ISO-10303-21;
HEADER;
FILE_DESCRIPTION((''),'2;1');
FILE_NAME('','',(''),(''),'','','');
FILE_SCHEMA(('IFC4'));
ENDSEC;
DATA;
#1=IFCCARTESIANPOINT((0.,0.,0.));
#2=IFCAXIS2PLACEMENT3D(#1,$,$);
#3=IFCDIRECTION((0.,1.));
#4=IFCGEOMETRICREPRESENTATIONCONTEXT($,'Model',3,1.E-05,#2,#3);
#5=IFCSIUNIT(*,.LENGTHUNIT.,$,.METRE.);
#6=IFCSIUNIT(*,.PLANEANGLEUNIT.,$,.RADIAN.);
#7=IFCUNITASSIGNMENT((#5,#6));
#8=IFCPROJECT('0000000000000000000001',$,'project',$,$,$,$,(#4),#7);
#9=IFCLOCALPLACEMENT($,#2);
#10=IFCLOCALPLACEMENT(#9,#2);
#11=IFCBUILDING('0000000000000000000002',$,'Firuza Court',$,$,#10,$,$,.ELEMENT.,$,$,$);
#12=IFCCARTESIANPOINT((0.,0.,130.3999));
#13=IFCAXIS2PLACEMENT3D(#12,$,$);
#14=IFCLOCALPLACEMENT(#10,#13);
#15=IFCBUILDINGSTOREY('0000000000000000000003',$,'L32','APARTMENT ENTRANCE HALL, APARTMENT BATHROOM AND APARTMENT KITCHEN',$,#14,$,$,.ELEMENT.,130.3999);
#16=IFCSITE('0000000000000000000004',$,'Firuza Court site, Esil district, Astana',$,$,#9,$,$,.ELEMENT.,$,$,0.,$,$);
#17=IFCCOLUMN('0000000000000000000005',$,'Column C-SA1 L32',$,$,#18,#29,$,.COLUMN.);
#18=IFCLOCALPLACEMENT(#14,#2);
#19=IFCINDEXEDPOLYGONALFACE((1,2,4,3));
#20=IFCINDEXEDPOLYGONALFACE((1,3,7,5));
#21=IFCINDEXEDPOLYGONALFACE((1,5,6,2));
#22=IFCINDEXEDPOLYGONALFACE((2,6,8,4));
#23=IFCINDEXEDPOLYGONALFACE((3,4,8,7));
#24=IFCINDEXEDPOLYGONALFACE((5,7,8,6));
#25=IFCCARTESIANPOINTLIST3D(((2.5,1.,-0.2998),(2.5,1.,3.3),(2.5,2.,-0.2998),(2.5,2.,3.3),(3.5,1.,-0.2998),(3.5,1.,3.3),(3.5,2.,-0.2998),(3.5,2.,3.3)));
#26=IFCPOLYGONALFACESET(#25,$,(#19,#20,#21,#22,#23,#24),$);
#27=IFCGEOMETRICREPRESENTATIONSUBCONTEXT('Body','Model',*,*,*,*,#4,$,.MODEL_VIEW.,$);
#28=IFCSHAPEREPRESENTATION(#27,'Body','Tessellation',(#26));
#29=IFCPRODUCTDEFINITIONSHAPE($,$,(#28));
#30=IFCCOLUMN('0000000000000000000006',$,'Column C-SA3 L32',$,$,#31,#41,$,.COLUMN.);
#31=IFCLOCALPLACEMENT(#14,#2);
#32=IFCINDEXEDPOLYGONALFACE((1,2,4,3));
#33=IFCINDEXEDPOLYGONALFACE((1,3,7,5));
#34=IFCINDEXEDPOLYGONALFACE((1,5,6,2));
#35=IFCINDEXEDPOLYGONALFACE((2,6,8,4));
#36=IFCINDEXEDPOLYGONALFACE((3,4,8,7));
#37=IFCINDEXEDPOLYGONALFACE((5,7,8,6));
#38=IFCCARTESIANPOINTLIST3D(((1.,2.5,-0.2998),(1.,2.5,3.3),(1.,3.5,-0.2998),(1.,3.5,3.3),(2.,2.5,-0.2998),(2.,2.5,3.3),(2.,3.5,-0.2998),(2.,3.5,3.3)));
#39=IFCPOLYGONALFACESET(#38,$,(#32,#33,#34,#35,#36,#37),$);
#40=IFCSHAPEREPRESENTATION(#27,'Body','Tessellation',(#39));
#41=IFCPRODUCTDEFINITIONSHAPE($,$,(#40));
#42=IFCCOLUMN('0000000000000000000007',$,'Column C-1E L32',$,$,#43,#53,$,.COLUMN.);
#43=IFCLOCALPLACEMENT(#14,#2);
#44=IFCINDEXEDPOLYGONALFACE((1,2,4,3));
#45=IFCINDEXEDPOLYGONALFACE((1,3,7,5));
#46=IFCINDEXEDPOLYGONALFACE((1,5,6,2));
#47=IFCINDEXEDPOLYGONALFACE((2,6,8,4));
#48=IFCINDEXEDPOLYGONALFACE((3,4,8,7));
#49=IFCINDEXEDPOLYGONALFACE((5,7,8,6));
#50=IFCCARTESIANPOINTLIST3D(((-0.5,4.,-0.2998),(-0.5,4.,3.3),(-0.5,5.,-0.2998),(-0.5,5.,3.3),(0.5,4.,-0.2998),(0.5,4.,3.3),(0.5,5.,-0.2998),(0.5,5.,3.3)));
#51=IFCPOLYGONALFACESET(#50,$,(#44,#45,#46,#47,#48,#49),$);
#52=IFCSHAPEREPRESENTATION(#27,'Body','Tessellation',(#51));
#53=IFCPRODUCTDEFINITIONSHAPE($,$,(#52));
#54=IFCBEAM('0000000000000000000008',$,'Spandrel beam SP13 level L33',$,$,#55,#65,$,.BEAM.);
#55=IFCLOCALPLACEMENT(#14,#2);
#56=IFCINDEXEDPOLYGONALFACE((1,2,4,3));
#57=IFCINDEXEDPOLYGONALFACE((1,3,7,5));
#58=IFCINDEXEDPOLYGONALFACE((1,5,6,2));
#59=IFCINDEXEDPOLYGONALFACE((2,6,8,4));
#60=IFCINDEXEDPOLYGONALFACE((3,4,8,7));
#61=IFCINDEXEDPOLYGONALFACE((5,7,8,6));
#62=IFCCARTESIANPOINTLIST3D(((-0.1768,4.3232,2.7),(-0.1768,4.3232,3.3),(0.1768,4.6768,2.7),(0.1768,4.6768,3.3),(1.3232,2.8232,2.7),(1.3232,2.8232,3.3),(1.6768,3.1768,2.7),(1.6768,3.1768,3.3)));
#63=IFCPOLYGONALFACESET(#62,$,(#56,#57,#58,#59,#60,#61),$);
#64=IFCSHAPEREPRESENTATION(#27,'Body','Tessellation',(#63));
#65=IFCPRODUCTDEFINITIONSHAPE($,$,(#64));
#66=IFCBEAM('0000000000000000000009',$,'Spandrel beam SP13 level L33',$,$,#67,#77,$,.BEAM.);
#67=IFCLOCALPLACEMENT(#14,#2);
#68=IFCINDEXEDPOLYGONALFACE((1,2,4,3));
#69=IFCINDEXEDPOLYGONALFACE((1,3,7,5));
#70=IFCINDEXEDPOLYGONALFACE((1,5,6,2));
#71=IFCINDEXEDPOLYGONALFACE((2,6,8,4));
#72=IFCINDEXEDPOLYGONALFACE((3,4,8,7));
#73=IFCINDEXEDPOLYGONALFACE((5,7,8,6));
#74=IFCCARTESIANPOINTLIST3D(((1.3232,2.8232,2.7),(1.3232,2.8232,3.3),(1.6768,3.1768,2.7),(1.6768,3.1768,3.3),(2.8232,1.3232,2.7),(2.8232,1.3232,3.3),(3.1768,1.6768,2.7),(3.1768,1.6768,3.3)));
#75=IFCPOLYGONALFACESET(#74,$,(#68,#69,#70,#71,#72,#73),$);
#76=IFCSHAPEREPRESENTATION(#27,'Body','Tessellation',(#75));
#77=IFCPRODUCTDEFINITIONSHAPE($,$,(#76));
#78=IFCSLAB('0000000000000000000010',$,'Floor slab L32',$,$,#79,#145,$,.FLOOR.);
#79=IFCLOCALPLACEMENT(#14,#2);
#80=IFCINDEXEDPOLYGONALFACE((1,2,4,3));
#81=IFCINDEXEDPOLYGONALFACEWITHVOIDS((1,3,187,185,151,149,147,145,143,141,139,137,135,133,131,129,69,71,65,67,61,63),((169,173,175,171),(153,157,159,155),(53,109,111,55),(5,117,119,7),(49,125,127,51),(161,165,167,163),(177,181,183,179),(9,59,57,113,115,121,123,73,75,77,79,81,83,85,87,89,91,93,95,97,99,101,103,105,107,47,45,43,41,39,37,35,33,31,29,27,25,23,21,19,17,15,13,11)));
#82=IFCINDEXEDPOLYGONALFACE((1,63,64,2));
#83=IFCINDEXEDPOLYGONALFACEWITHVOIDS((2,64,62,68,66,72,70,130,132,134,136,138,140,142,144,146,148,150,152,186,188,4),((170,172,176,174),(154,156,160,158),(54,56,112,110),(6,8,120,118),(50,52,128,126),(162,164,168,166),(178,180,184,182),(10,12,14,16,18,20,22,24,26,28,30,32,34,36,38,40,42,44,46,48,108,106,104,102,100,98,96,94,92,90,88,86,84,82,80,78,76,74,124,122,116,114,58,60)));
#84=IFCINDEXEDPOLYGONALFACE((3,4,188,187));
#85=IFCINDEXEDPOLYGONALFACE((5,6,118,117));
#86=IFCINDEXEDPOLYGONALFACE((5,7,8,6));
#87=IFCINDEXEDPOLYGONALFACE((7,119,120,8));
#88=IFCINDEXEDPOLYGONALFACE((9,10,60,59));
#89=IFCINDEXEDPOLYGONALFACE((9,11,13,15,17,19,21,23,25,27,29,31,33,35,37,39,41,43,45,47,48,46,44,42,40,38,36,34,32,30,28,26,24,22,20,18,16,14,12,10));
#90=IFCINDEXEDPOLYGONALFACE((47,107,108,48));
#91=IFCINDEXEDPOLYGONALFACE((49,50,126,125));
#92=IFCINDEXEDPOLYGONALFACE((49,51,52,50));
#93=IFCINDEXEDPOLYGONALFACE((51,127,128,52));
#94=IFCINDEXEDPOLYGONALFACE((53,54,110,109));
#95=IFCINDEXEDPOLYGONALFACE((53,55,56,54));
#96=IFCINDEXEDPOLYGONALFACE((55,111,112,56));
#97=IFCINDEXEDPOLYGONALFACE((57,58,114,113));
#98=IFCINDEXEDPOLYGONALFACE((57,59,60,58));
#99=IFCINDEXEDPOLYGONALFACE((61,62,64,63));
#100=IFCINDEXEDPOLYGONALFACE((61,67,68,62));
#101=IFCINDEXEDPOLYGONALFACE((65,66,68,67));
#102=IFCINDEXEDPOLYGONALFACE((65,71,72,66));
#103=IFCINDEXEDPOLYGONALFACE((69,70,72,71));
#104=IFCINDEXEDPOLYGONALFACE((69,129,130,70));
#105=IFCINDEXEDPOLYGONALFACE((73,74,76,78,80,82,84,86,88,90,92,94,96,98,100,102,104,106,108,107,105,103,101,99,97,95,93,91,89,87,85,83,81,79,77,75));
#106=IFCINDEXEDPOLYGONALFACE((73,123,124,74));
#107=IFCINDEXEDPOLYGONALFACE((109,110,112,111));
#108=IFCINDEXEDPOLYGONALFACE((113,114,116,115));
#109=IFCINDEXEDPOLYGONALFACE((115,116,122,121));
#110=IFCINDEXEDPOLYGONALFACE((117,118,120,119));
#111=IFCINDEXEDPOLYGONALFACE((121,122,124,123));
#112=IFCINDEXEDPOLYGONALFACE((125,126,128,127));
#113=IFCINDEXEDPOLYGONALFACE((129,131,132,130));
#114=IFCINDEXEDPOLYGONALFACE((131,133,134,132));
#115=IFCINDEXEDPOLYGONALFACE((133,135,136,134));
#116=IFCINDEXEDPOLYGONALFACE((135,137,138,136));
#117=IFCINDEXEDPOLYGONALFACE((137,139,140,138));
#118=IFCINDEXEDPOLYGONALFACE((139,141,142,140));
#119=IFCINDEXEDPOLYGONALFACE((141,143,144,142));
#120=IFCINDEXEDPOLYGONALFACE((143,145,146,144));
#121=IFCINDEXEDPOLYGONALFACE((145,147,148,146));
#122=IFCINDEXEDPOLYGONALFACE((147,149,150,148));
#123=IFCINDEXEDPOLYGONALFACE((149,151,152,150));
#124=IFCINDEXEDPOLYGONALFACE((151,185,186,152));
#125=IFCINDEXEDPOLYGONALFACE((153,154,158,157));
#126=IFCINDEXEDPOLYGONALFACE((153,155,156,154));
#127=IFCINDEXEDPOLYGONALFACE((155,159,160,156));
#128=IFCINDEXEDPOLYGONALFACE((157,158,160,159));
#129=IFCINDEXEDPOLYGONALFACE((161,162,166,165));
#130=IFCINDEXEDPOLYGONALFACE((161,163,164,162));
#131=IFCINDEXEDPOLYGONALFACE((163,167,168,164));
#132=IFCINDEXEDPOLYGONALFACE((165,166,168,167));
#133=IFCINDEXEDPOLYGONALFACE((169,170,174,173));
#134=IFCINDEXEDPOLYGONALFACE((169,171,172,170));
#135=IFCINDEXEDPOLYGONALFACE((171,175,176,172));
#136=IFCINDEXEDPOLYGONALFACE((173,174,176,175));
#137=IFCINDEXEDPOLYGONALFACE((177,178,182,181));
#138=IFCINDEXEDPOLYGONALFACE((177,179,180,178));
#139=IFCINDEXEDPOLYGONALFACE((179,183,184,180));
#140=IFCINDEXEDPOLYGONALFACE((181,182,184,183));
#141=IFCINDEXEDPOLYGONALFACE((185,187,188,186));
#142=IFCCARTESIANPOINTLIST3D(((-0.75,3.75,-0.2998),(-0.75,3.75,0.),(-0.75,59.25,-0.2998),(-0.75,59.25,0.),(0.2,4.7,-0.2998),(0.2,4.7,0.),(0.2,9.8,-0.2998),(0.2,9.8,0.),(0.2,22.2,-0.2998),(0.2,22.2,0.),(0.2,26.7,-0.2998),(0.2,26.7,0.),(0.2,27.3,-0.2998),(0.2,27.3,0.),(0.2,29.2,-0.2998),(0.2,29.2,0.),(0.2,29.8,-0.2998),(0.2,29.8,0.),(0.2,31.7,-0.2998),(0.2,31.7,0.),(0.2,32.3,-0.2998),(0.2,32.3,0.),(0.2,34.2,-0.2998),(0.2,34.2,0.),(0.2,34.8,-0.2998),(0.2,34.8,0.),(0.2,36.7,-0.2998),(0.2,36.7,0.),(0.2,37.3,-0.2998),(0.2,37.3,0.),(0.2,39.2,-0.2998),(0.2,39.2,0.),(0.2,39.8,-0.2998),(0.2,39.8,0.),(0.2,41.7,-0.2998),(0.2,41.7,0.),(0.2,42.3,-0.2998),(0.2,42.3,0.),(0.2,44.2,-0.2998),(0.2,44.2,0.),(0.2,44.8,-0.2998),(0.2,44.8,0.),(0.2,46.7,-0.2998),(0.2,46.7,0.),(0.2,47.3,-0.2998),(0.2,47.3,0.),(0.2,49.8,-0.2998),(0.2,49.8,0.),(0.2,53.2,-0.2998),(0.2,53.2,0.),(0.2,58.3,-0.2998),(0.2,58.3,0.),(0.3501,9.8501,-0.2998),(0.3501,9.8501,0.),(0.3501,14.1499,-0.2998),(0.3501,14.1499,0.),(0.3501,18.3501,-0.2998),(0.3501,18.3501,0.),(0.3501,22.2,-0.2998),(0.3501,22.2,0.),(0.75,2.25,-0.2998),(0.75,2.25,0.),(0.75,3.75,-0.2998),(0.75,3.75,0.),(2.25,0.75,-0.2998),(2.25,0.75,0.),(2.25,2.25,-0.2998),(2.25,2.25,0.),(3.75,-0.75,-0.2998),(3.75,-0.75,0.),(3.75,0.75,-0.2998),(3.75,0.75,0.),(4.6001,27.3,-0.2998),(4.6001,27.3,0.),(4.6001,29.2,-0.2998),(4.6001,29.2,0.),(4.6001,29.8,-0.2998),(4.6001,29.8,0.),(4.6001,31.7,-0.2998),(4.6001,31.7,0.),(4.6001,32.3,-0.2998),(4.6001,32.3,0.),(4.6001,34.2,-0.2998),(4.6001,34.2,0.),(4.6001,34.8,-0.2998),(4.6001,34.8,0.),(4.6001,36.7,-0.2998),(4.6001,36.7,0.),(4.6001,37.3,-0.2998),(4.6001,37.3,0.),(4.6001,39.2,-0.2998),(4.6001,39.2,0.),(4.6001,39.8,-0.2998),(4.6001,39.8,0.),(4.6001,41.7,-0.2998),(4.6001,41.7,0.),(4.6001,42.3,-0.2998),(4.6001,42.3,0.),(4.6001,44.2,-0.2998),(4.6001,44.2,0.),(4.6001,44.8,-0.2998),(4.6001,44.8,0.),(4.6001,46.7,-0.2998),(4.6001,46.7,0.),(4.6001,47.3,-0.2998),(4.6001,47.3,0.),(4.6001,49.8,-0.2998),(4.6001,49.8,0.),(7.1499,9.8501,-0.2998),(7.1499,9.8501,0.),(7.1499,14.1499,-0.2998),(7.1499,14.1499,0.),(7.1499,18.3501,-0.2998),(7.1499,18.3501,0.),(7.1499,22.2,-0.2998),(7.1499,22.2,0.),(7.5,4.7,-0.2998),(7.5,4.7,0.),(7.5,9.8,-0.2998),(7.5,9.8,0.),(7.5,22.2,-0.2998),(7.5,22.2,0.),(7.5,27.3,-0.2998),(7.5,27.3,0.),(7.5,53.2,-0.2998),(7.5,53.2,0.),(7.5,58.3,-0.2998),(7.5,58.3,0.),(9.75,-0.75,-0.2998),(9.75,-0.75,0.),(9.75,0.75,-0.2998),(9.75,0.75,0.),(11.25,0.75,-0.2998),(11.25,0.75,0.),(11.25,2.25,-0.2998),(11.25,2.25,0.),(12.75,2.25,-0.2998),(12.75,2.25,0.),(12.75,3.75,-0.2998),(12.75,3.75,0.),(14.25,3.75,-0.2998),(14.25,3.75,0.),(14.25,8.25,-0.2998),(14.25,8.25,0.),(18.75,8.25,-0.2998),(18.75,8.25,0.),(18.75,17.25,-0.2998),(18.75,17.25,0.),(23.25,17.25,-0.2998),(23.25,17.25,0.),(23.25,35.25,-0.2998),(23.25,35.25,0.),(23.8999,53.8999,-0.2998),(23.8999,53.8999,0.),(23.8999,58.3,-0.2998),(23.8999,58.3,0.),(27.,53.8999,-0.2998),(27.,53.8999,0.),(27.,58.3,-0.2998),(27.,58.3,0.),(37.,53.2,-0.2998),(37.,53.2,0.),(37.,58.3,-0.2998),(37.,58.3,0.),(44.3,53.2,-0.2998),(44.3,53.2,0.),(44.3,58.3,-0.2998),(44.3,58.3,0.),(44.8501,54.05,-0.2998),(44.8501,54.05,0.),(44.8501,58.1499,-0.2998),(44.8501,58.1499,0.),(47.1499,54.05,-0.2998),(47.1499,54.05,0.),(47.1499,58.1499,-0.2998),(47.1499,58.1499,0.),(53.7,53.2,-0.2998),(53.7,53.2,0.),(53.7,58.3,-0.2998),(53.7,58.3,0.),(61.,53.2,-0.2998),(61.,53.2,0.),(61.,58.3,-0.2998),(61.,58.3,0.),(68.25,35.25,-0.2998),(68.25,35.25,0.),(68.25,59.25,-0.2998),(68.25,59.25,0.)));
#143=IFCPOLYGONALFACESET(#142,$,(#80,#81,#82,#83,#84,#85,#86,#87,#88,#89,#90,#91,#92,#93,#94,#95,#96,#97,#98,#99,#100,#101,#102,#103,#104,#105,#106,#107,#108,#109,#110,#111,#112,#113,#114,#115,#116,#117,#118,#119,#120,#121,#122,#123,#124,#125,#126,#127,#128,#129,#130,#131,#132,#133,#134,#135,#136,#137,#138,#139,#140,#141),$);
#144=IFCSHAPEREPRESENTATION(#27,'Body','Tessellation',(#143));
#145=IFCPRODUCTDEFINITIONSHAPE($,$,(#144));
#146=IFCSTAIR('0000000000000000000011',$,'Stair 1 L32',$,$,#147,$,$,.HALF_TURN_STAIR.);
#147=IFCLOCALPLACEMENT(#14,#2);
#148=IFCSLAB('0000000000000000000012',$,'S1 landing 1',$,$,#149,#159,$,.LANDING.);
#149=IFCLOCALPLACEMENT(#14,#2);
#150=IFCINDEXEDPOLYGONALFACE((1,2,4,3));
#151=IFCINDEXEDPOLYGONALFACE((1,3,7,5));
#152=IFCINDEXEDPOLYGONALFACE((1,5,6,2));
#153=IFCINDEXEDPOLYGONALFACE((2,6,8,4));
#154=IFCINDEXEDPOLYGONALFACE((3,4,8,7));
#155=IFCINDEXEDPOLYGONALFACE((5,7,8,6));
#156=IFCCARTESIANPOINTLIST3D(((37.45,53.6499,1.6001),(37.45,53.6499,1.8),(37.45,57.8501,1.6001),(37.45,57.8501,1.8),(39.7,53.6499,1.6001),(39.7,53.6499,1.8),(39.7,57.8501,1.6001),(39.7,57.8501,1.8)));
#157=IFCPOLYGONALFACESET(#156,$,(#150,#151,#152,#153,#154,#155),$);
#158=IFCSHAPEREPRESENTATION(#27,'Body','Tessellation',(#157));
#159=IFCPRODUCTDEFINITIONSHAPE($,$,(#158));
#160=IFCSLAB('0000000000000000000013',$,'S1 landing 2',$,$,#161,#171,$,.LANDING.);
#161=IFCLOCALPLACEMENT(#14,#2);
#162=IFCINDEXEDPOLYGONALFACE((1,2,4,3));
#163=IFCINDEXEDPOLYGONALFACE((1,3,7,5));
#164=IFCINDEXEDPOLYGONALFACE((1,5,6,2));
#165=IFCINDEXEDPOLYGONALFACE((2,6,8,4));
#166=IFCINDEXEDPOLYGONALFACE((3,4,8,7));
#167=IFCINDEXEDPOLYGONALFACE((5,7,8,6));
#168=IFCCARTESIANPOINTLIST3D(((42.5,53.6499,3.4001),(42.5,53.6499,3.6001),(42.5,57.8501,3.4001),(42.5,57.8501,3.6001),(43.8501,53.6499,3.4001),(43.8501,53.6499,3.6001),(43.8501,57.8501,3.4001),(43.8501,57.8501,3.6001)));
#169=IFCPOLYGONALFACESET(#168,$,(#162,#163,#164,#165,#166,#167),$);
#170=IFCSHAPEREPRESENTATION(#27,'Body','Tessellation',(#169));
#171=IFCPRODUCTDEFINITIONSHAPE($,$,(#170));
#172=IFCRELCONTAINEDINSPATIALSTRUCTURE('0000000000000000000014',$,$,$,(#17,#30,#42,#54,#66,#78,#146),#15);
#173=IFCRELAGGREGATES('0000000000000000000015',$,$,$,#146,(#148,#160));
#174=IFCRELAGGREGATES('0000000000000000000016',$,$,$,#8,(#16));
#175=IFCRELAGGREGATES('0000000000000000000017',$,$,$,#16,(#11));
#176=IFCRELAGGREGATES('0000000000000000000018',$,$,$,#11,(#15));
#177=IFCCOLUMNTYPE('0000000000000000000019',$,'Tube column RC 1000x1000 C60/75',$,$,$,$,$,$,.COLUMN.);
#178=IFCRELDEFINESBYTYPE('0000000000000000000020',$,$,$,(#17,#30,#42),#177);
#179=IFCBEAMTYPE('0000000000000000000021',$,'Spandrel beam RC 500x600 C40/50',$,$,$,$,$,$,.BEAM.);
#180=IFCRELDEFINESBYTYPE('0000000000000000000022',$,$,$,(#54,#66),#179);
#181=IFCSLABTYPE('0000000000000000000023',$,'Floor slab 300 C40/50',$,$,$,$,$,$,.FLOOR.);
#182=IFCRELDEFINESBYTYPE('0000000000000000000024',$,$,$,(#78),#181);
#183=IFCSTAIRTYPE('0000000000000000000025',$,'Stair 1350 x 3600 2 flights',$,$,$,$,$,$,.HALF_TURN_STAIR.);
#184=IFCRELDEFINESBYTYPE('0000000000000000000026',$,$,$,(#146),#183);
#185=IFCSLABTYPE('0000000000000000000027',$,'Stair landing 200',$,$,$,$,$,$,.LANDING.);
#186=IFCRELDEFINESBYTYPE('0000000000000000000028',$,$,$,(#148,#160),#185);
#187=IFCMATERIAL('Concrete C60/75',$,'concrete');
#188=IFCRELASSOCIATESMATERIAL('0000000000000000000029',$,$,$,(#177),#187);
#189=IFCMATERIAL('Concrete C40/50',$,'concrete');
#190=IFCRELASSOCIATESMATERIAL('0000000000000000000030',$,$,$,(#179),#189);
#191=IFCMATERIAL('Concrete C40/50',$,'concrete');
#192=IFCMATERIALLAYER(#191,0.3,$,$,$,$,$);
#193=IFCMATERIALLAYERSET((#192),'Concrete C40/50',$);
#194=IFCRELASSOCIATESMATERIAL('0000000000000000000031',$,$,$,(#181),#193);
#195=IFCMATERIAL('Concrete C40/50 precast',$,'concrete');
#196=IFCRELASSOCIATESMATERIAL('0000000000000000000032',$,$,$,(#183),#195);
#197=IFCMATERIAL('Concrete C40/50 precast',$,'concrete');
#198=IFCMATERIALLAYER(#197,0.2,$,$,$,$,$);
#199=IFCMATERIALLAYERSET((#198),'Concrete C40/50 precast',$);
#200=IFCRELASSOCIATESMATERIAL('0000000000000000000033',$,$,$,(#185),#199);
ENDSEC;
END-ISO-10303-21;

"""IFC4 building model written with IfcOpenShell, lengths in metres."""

from ifc_helpers import new_model, si_unit, direction, frame, origin, origin_2d, place, context, subcontext, project, spatial, polyline, rectangle, outline, extrude, material, layer, layer_set, material_profile, profile_set, type_object, element, aggregate, save


model = new_model("IFC4")

# Units and contexts
model_context = context("Model", 3, precision=1e-05, world=origin(), true_north=direction((0.0, 1.0)))
body_context = subcontext(model_context, "Body", "Model", "MODEL_VIEW")
ifc_project = project(units=[si_unit("LENGTHUNIT", "METRE"), si_unit("PLANEANGLEUNIT", "RADIAN")], contexts=[model_context])

# Site, building, storey
site_placement = place(None, origin())
site = spatial("IfcSite", under=ifc_project, at=site_placement, Name="Firuza Court site, Esil district, Astana", CompositionType="ELEMENT", RefElevation=0.0)
building_placement = place(site_placement, origin())
building = spatial("IfcBuilding", under=site, at=building_placement, Name="Firuza Court", CompositionType="ELEMENT")
storey_placement = place(building_placement, frame((0.0, 0.0, 130.3999)))
storey = spatial("IfcBuildingStorey", under=building, at=storey_placement, Name="L32", Description="APARTMENT ENTRANCE HALL, APARTMENT BATHROOM AND APARTMENT KITCHEN", CompositionType="ELEMENT", Elevation=130.3999)

# Columns
ifc_material_1 = material(Name="Concrete C60/75", Category="concrete")
ifc_material_profile_1 = material_profile(ifc_material_1, rectangle(XDim=1.0, YDim=1.0, at=origin_2d()), Name="RC 1000x1000")
ifc_profile_set_1 = profile_set([ifc_material_profile_1], Name="Concrete C60/75")
column_type = type_object("IfcColumnType", Name="Tube column RC 1000x1000 C60/75", PredefinedType="COLUMN", material=ifc_profile_set_1)
for number, where, z_axis, x_axis, name in (
    (1, (3.0, 1.5, -0.2998), (0.0, 0.0, 1.0), (1.0, 0.0, 0.0), "Column C-SA1 L32"),
    (2, (1.5, 3.0, -0.2998), (0.0, 0.0, 1.0), (1.0, 0.0, 0.0), "Column C-SA3 L32"),
    (3, (0.0, 4.5, -0.2998), (0.0, 0.0, 1.0), (1.0, 0.0, 0.0), "Column C-1E L32"),
):
    element("IfcColumn", number, at=place(storey_placement, frame(where, z_axis=z_axis, x_axis=x_axis)), inside=storey, type_object=column_type, Name=name, PredefinedType="COLUMN", context=body_context, shape_type="SweptSolid", body=[
        extrude(rectangle(XDim=1.0, YDim=1.0, at=origin_2d()), origin(), (0.0, 0.0, 1.0), 3.5999),
    ])

# Beams
ifc_material_2 = material(Name="Concrete C40/50", Category="concrete")
ifc_material_profile_2 = material_profile(ifc_material_2, rectangle(XDim=0.5, YDim=0.6001, at=origin_2d()), Name="RC 500x600")
ifc_profile_set_2 = profile_set([ifc_material_profile_2], Name="Concrete C40/50")
beam_type = type_object("IfcBeamType", Name="Spandrel beam RC 500x600 C40/50", PredefinedType="BEAM", material=ifc_profile_set_2)
for number, where, z_axis, x_axis, name in (
    (4, (0.0, 4.5, 3.0), (0.707107, -0.707107, 0.0), (0.707107, 0.707107, 0.0), "Spandrel beam SP13 level L33"),
    (5, (1.5, 3.0, 3.0), (0.707107, -0.707107, 0.0), (0.707107, 0.707107, 0.0), "Spandrel beam SP13 level L33"),
):
    element("IfcBeam", number, at=place(storey_placement, frame(where, z_axis=z_axis, x_axis=x_axis)), inside=storey, type_object=beam_type, Name=name, PredefinedType="BEAM", context=body_context, shape_type="SweptSolid", body=[
        extrude(rectangle(XDim=0.5, YDim=0.6001, at=origin_2d()), origin(), (0.0, 0.0, 1.0), 2.1213),
    ])

# Slab
ifc_material_3 = material(Name="Concrete C40/50", Category="concrete")
ifc_layer_1 = layer(ifc_material_3, 0.3)
ifc_layer_set_1 = layer_set([ifc_layer_1], Name="Concrete C40/50")
slab_type_1 = type_object("IfcSlabType", Name="Floor slab 300 C40/50", PredefinedType="FLOOR", material=ifc_layer_set_1)
slab_1_placement = place(storey_placement, frame((0.0, 0.0, -0.2998)))
element("IfcSlab", 6, at=slab_1_placement, inside=storey, type_object=slab_type_1, Name="Floor slab L32", PredefinedType="FLOOR", context=body_context, shape_type="SweptSolid", body=[
    extrude(outline(polyline([(3.75, -0.75), (3.75, 0.75), (2.25, 0.75), (2.25, 2.25), (0.75, 2.25), (0.75, 3.75), (-0.75, 3.75), (-0.75, 59.25), (68.25, 59.25), (68.25, 35.25), (23.25, 35.25), (23.25, 17.25), (18.75, 17.25), (18.75, 8.25), (14.25, 8.25), (14.25, 3.75), (12.75, 3.75), (12.75, 2.25), (11.25, 2.25), (11.25, 0.75), (9.75, 0.75), (9.75, -0.75), (3.75, -0.75)]), holes=[polyline([(0.2, 29.8), (0.2, 29.2), (0.2, 27.3), (0.2, 26.7), (0.2, 22.2), (0.3501, 22.2), (0.3501, 18.3501), (7.1499, 18.3501), (7.1499, 22.2), (7.5, 22.2), (7.5, 27.3), (4.6001, 27.3), (4.6001, 29.2), (4.6001, 29.8), (4.6001, 31.7), (4.6001, 32.3), (4.6001, 34.2), (4.6001, 34.8), (4.6001, 36.7), (4.6001, 37.3), (4.6001, 39.2), (4.6001, 39.8), (4.6001, 41.7), (4.6001, 42.3), (4.6001, 44.2), (4.6001, 44.8), (4.6001, 46.7), (4.6001, 47.3), (4.6001, 49.8), (0.2, 49.8), (0.2, 47.3), (0.2, 46.7), (0.2, 44.8), (0.2, 44.2), (0.2, 42.3), (0.2, 41.7), (0.2, 39.8), (0.2, 39.2), (0.2, 37.3), (0.2, 36.7), (0.2, 34.8), (0.2, 34.2), (0.2, 32.3), (0.2, 31.7), (0.2, 29.8)]), polyline([(7.5, 9.8), (0.2, 9.8), (0.2, 4.7), (7.5, 4.7), (7.5, 9.8)]), polyline([(7.1499, 14.1499), (0.3501, 14.1499), (0.3501, 9.8501), (7.1499, 9.8501), (7.1499, 14.1499)]), polyline([(7.5, 58.3), (0.2, 58.3), (0.2, 53.2), (7.5, 53.2), (7.5, 58.3)]), polyline([(44.3, 58.3), (37.0, 58.3), (37.0, 53.2), (44.3, 53.2), (44.3, 58.3)]), polyline([(61.0, 58.3), (53.7, 58.3), (53.7, 53.2), (61.0, 53.2), (61.0, 58.3)]), polyline([(27.0, 53.8999), (27.0, 58.3), (23.8999, 58.3), (23.8999, 53.8999), (27.0, 53.8999)]), polyline([(47.1499, 54.05), (47.1499, 58.1499), (44.8501, 58.1499), (44.8501, 54.05), (47.1499, 54.05)])]), origin(), (0.0, 0.0, 1.0), 0.2998),
])

# Stair, slabs
ifc_material_4 = material(Name="Concrete C40/50 precast", Category="concrete")
stair_type = type_object("IfcStairType", Name="Stair 1350 x 3600 2 flights", PredefinedType="HALF_TURN_STAIR", material=ifc_material_4)
stair_1_placement = place(storey_placement, origin())
stair_1 = element("IfcStair", 7, at=stair_1_placement, inside=storey, type_object=stair_type, Name="Stair 1 L32", PredefinedType="HALF_TURN_STAIR")
ifc_material_5 = material(Name="Concrete C40/50 precast", Category="concrete")
ifc_layer_2 = layer(ifc_material_5, 0.2)
ifc_layer_set_2 = layer_set([ifc_layer_2], Name="Concrete C40/50 precast")
slab_type_2 = type_object("IfcSlabType", Name="Stair landing 200", PredefinedType="LANDING", material=ifc_layer_set_2)
slab_2_placement = place(storey_placement, frame((0.0, 0.0, 1.6001)))
slab_2 = element("IfcSlab", 8, at=slab_2_placement, type_object=slab_type_2, Name="S1 landing 1", PredefinedType="LANDING", context=body_context, shape_type="SweptSolid", body=[
    extrude(outline(polyline([(39.7, 53.6499), (39.7, 57.8501), (37.45, 57.8501), (37.45, 53.6499), (39.7, 53.6499)])), origin(), (0.0, 0.0, 1.0), 0.2),
])
slab_3_placement = place(storey_placement, frame((0.0, 0.0, 3.4001)))
slab_3 = element("IfcSlab", 9, at=slab_3_placement, type_object=slab_type_2, Name="S1 landing 2", PredefinedType="LANDING", context=body_context, shape_type="SweptSolid", body=[
    extrude(outline(polyline([(43.8501, 53.6499), (43.8501, 57.8501), (42.5, 57.8501), (42.5, 53.6499), (43.8501, 53.6499)])), origin(), (0.0, 0.0, 1.0), 0.2),
])
aggregate(stair_1, [slab_2, slab_3])

save(model, "model.ifc")
